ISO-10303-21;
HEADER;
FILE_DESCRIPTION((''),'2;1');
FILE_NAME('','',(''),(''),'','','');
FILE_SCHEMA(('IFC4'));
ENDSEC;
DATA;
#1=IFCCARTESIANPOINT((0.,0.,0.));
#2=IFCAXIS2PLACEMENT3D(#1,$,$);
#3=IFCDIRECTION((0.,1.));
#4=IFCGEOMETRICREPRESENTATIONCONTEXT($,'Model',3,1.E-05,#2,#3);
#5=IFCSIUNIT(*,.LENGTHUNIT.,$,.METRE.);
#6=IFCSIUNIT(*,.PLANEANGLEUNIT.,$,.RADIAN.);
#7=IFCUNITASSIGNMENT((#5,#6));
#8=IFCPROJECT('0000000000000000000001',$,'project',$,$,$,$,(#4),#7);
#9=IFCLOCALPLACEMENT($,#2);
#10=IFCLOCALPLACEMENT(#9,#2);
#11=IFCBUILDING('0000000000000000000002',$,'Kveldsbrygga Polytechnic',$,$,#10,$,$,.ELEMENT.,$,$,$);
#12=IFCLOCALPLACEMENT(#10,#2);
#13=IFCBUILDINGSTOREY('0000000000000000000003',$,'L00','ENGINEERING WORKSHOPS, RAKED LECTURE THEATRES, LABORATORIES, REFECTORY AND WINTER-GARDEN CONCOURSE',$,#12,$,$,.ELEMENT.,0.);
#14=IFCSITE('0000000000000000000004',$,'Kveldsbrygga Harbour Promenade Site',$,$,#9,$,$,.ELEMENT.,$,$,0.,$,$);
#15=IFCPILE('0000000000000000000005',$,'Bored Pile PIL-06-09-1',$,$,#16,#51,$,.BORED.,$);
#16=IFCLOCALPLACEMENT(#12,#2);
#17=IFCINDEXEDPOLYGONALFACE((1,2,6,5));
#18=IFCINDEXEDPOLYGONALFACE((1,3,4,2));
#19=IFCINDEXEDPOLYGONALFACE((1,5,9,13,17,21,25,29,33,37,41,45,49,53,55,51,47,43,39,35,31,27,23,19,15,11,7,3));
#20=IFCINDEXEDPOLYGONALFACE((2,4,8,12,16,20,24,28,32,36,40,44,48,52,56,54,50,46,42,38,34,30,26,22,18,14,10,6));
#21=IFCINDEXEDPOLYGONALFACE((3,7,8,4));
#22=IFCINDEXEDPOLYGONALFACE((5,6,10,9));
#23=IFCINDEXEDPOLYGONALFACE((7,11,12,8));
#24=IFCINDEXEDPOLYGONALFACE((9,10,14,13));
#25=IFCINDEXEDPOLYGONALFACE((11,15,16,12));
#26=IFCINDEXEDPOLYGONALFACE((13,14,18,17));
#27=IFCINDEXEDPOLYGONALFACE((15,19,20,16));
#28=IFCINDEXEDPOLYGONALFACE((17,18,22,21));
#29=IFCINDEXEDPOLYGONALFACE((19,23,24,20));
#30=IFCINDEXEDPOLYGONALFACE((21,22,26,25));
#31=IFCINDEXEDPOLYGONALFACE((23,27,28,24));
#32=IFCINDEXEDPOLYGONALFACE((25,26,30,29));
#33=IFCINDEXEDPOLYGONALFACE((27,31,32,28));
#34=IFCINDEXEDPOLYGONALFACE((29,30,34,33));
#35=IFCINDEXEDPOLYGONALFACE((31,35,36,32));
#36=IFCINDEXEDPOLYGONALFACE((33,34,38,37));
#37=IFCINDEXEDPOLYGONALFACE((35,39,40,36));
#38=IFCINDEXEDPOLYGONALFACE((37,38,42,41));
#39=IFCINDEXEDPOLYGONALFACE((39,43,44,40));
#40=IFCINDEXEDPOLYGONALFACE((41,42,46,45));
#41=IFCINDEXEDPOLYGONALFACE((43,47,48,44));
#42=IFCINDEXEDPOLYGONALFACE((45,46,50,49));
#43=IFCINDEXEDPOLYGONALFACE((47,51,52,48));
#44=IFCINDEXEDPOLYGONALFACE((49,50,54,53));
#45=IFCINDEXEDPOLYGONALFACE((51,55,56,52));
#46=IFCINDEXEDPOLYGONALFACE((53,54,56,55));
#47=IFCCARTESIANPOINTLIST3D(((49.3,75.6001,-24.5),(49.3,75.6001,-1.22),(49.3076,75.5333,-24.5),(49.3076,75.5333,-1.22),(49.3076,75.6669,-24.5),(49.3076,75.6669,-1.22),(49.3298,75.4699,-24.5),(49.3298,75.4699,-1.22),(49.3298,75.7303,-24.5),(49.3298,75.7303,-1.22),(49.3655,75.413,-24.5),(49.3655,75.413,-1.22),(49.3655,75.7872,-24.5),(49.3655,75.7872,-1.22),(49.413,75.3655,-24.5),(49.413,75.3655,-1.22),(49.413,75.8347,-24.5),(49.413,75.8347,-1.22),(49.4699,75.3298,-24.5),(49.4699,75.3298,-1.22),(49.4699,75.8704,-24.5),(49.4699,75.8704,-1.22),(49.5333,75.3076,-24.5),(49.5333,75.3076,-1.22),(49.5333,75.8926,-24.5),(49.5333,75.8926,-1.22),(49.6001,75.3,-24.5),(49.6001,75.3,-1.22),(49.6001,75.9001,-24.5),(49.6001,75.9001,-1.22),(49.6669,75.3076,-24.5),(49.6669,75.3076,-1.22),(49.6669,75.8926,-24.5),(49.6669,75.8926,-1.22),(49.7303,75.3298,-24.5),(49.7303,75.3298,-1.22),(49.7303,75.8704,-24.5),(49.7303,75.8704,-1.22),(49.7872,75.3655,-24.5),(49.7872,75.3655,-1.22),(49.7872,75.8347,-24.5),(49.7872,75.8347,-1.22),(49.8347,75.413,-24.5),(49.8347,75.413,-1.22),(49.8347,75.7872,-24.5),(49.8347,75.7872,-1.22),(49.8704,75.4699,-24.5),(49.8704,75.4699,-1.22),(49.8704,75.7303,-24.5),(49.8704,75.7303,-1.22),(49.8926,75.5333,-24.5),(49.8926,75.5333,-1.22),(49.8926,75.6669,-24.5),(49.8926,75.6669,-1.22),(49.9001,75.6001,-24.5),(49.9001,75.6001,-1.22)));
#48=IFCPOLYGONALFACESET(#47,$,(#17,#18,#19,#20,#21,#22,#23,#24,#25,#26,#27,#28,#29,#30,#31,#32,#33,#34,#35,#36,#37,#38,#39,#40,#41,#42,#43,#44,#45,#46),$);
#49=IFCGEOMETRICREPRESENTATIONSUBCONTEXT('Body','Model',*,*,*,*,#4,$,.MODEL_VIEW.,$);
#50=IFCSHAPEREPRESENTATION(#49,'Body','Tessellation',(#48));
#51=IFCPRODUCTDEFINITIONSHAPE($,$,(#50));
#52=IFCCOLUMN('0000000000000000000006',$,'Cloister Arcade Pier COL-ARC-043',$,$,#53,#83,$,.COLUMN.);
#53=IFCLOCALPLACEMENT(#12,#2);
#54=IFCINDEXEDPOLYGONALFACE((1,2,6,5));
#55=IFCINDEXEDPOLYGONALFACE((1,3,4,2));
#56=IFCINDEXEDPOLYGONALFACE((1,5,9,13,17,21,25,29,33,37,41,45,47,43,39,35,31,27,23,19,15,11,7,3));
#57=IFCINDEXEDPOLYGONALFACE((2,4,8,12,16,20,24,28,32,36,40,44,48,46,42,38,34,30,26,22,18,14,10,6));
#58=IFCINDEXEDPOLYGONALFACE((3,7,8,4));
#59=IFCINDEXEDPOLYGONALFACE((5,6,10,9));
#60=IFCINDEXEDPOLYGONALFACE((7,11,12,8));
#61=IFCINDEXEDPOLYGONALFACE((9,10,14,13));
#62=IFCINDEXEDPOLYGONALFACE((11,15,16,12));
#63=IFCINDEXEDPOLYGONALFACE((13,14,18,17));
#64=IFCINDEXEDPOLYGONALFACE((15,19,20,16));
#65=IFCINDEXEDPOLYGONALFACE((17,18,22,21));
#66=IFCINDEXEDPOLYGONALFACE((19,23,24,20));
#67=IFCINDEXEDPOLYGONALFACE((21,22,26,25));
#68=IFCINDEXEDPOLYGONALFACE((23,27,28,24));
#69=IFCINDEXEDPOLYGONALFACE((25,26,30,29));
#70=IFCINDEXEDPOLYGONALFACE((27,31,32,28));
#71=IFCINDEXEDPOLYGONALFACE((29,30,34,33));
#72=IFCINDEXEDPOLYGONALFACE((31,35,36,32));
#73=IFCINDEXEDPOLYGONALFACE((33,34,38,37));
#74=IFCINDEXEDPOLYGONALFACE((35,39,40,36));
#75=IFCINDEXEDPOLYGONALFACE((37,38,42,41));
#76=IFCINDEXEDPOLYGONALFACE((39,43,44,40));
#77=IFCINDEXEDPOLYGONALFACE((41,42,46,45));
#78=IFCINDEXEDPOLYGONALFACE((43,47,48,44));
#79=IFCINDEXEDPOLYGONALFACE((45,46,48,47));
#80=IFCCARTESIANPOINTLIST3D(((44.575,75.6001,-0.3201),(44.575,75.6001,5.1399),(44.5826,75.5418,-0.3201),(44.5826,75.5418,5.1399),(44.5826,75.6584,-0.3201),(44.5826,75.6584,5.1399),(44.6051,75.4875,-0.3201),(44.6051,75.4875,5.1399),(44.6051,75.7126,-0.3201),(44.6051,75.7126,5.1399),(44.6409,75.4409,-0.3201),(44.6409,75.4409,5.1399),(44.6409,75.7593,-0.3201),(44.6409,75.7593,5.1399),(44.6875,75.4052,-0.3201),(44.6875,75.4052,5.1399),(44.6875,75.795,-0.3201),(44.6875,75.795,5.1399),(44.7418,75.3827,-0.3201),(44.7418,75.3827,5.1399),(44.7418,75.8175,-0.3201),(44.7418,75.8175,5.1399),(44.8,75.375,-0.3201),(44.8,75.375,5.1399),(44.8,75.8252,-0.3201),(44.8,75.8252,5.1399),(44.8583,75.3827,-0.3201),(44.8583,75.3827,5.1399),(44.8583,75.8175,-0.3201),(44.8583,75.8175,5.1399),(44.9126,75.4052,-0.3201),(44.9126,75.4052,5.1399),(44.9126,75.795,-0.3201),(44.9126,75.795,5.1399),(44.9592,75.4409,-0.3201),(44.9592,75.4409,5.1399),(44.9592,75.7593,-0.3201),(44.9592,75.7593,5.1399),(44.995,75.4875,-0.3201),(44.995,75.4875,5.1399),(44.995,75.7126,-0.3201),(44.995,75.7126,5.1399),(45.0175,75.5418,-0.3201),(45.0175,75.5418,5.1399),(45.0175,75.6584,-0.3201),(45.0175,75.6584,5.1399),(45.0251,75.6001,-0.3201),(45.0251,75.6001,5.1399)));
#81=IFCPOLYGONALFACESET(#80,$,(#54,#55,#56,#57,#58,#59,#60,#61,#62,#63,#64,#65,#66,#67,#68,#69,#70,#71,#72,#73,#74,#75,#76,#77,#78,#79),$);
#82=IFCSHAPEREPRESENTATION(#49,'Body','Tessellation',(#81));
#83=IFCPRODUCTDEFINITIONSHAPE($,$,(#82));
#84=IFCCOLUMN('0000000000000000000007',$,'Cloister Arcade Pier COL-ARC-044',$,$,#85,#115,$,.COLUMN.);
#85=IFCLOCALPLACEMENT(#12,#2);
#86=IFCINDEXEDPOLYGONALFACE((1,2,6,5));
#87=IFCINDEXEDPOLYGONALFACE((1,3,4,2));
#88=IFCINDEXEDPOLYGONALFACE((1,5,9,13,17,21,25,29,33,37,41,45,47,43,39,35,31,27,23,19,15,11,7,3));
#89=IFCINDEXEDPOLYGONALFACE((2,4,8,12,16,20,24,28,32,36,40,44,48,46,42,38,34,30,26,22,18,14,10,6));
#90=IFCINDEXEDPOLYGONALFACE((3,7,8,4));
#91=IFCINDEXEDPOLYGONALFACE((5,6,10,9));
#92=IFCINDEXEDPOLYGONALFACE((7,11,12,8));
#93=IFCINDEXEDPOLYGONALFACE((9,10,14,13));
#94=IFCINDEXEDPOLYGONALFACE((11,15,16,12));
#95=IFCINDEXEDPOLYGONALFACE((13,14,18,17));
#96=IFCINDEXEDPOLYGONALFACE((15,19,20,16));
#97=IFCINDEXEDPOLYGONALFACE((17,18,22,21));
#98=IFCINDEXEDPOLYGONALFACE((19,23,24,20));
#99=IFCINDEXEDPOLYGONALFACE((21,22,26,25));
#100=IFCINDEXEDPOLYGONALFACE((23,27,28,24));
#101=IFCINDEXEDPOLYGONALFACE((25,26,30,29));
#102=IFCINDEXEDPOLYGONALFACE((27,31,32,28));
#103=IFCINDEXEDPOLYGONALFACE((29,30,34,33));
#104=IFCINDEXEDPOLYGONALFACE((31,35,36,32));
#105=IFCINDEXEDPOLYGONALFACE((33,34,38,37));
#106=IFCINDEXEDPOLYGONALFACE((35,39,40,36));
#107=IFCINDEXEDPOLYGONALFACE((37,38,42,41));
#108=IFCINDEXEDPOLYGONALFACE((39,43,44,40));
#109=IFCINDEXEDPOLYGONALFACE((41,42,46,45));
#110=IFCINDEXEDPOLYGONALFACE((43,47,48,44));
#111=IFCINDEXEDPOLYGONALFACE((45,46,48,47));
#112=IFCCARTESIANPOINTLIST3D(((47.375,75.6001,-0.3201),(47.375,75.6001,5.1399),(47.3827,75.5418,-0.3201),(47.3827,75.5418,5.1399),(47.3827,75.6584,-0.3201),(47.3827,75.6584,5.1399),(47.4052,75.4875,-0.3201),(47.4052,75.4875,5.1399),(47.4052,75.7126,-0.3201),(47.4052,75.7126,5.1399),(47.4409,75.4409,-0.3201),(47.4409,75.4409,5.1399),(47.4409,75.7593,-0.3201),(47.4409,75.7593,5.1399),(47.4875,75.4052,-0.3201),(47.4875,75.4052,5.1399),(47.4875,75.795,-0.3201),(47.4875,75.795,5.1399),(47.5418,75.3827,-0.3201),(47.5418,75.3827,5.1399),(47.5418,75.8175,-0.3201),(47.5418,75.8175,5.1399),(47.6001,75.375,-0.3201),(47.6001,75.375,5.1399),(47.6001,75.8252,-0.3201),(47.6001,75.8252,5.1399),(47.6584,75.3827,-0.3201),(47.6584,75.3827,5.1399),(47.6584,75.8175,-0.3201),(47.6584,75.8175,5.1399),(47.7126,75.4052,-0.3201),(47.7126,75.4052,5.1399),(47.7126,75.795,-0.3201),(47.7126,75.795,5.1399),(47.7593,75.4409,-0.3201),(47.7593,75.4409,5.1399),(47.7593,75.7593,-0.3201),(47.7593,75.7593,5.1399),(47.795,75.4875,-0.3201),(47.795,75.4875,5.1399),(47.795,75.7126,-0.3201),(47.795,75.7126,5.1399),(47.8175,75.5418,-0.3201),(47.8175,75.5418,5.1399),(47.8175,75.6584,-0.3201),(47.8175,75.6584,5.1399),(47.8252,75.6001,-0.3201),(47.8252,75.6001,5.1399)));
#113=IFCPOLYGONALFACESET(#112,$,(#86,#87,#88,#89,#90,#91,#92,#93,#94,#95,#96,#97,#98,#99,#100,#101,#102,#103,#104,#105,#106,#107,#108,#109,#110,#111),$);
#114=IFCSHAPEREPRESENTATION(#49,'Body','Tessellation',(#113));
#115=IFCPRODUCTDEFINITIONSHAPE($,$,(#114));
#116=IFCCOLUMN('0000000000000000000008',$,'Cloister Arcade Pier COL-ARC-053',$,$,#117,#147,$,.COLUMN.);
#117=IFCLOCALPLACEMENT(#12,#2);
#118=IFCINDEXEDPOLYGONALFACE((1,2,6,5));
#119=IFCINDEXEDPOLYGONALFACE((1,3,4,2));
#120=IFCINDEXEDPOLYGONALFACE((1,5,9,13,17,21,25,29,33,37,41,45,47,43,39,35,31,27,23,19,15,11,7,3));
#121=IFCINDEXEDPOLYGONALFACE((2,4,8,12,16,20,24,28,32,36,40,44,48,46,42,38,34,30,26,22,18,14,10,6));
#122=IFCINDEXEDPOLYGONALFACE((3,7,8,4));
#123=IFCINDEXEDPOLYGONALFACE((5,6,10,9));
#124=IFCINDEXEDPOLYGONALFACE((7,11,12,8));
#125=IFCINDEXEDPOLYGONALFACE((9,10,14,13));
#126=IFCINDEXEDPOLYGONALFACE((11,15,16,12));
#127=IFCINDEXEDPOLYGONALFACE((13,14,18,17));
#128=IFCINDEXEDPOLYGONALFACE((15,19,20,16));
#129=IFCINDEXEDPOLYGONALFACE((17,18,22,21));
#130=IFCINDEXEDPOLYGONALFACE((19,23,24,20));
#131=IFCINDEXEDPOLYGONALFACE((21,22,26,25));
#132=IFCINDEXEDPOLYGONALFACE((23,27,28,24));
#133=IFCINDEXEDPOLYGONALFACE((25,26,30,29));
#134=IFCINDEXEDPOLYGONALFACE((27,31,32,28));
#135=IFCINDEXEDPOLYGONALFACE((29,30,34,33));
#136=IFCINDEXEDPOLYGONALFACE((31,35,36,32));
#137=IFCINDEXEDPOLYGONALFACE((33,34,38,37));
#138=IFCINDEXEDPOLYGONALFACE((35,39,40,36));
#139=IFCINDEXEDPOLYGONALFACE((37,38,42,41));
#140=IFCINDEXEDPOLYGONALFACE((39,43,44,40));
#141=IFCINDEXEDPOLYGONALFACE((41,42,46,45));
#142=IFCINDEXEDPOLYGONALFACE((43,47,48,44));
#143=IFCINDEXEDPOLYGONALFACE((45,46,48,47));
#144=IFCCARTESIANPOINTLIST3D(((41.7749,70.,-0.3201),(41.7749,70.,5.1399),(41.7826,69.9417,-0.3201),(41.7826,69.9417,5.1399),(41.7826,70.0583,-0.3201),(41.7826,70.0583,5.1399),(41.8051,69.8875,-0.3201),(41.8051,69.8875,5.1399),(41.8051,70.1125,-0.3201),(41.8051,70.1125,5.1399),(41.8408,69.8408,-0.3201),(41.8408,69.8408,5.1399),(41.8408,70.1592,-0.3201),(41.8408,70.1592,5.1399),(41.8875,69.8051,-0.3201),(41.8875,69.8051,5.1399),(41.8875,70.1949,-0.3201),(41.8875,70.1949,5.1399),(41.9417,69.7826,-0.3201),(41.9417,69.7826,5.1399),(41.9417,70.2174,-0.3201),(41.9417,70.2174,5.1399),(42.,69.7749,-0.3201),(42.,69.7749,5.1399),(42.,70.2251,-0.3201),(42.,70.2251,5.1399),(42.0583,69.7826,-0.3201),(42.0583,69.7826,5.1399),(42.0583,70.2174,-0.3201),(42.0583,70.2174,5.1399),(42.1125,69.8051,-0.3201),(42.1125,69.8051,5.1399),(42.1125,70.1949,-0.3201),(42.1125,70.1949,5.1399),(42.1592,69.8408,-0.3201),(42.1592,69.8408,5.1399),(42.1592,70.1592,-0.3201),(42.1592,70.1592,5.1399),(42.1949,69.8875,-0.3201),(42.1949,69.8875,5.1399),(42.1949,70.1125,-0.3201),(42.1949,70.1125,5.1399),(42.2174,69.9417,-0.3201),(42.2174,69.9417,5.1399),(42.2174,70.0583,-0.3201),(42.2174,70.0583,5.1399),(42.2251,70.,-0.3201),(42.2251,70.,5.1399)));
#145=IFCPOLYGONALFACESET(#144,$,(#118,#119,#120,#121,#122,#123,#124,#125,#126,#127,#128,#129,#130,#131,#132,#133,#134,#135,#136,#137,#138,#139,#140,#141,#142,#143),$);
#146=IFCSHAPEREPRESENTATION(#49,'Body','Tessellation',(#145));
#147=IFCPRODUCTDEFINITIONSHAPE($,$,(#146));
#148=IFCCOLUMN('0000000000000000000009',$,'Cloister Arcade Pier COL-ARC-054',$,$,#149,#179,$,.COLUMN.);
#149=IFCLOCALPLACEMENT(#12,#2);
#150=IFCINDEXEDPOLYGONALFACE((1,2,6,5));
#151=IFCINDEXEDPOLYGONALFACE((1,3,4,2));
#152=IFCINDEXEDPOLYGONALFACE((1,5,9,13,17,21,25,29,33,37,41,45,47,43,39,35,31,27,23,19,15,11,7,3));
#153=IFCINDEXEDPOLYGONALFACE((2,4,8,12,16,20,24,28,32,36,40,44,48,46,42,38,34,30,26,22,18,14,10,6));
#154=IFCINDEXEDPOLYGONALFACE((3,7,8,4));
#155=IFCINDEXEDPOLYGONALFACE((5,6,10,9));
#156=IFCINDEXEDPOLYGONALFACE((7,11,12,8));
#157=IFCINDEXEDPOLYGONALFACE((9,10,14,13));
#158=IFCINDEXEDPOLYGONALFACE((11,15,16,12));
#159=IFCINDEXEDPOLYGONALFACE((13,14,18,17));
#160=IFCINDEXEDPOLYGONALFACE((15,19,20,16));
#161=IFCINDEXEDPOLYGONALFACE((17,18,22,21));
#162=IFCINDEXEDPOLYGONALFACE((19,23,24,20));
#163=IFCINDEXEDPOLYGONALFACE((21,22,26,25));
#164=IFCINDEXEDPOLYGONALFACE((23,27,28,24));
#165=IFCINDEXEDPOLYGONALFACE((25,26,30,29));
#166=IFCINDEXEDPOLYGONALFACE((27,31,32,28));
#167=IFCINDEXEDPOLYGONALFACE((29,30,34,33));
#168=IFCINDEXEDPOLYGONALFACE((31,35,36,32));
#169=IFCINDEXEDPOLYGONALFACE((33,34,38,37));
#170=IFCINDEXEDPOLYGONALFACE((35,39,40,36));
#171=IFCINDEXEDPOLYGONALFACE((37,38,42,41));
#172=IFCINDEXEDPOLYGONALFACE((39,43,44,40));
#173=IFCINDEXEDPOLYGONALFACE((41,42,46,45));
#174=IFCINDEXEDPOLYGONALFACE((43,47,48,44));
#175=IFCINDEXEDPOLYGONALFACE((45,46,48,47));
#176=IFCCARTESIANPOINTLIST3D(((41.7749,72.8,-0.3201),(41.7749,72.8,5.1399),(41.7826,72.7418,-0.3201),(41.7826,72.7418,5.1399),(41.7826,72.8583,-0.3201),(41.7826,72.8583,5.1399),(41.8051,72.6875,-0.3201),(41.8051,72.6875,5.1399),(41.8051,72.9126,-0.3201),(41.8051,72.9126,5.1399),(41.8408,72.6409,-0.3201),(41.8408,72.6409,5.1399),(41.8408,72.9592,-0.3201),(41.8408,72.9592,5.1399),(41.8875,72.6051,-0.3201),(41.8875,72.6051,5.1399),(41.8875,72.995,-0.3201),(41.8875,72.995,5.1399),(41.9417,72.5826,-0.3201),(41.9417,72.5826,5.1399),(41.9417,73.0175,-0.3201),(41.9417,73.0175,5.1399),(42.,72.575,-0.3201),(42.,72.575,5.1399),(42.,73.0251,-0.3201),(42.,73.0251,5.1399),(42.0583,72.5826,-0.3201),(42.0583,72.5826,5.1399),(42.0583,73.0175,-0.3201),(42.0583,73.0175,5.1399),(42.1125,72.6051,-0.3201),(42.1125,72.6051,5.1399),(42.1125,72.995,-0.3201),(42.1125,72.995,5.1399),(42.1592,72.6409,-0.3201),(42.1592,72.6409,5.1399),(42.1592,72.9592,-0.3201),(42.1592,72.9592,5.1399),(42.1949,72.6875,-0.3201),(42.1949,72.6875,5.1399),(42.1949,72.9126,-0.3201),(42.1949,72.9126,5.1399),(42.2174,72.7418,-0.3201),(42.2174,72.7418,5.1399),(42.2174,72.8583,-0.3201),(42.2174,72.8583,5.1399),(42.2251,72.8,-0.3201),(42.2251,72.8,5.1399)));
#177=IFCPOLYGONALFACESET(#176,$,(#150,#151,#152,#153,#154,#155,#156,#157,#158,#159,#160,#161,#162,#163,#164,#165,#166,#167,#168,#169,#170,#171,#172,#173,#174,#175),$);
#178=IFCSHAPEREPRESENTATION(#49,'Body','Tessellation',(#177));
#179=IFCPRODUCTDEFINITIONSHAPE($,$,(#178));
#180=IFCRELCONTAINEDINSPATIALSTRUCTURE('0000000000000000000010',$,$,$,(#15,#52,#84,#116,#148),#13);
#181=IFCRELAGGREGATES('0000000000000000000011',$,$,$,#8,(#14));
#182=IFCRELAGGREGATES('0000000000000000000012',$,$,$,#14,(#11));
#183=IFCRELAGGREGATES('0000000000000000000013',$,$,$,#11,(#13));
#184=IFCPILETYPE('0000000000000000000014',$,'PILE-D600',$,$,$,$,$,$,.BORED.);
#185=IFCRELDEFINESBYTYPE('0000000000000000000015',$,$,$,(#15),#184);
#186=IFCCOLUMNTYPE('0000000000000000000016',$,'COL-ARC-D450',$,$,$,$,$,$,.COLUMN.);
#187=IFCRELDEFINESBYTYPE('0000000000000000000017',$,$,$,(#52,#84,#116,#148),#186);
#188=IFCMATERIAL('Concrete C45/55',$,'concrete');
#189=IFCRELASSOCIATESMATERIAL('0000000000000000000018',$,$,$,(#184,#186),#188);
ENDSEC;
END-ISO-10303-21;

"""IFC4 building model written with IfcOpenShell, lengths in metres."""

from ifc_helpers import new_model, si_unit, direction, frame, origin, origin_2d, place, context, subcontext, project, spatial, circle, extrude, material, material_profile, profile_set, type_object, element, save


model = new_model("IFC4")

# Units and contexts
model_context = context("Model", 3, precision=1e-05, world=origin(), true_north=direction((0.0, 1.0)))
body_context = subcontext(model_context, "Body", "Model", "MODEL_VIEW")
ifc_project = project(units=[si_unit("LENGTHUNIT", "METRE"), si_unit("PLANEANGLEUNIT", "RADIAN")], contexts=[model_context])

# Site, building, storey
site_placement = place(None, origin())
site = spatial("IfcSite", under=ifc_project, at=site_placement, Name="Kveldsbrygga Harbour Promenade Site", CompositionType="ELEMENT", RefElevation=0.0)
building_placement = place(site_placement, origin())
building = spatial("IfcBuilding", under=site, at=building_placement, Name="Kveldsbrygga Polytechnic", CompositionType="ELEMENT")
storey_placement = place(building_placement, origin())
storey = spatial("IfcBuildingStorey", under=building, at=storey_placement, Name="L00", Description="ENGINEERING WORKSHOPS, RAKED LECTURE THEATRES, LABORATORIES, REFECTORY AND WINTER-GARDEN CONCOURSE", CompositionType="ELEMENT", Elevation=0.0)

# Pile
ifc_material_1 = material(Name="Concrete C45/55", Category="concrete")
ifc_material_profile_1 = material_profile(ifc_material_1, circle(Radius=0.3, at=origin_2d()), Name="PILE D600")
ifc_profile_set_1 = profile_set([ifc_material_profile_1], Name="Concrete C45/55")
pile_type = type_object("IfcPileType", Name="PILE-D600", PredefinedType="BORED", material=ifc_profile_set_1)
pile_1_placement = place(storey_placement, frame((49.6001, 75.6001, -1.22), z_axis=(0.0, 0.0, -1.0), x_axis=(1.0, 0.0, 0.0)))
element("IfcPile", 1, at=pile_1_placement, inside=storey, type_object=pile_type, Name="Bored Pile PIL-06-09-1", PredefinedType="BORED", context=body_context, shape_type="SweptSolid", body=[
    extrude(circle(Radius=0.3, at=origin_2d()), origin(), (0.0, 0.0, 1.0), 23.28),
])

# Columns
ifc_material_profile_2 = material_profile(ifc_material_1, circle(Radius=0.2251, at=origin_2d()), Name="RC D450")
ifc_profile_set_2 = profile_set([ifc_material_profile_2], Name="Concrete C45/55")
column_type_1 = type_object("IfcColumnType", Name="COL-ARC-D450", PredefinedType="COLUMN", material=ifc_profile_set_2)
for number, where, z_axis, x_axis, name in (
    (2, (44.8, 75.6001, -0.3201), (0.0, 0.0, 1.0), (1.0, 0.0, 0.0), "Cloister Arcade Pier COL-ARC-043"),
    (3, (47.6001, 75.6001, -0.3201), (0.0, 0.0, 1.0), (1.0, 0.0, 0.0), "Cloister Arcade Pier COL-ARC-044"),
    (4, (42.0, 70.0, -0.3201), (0.0, 0.0, 1.0), (1.0, 0.0, 0.0), "Cloister Arcade Pier COL-ARC-053"),
    (5, (42.0, 72.8, -0.3201), (0.0, 0.0, 1.0), (1.0, 0.0, 0.0), "Cloister Arcade Pier COL-ARC-054"),
):
    element("IfcColumn", number, at=place(storey_placement, frame(where, z_axis=z_axis, x_axis=x_axis)), inside=storey, type_object=column_type_1, Name=name, PredefinedType="COLUMN", context=body_context, shape_type="SweptSolid", body=[
        extrude(circle(Radius=0.2251, at=origin_2d()), origin(), (0.0, 0.0, 1.0), 5.46),
    ])

save(model, "model.ifc")
